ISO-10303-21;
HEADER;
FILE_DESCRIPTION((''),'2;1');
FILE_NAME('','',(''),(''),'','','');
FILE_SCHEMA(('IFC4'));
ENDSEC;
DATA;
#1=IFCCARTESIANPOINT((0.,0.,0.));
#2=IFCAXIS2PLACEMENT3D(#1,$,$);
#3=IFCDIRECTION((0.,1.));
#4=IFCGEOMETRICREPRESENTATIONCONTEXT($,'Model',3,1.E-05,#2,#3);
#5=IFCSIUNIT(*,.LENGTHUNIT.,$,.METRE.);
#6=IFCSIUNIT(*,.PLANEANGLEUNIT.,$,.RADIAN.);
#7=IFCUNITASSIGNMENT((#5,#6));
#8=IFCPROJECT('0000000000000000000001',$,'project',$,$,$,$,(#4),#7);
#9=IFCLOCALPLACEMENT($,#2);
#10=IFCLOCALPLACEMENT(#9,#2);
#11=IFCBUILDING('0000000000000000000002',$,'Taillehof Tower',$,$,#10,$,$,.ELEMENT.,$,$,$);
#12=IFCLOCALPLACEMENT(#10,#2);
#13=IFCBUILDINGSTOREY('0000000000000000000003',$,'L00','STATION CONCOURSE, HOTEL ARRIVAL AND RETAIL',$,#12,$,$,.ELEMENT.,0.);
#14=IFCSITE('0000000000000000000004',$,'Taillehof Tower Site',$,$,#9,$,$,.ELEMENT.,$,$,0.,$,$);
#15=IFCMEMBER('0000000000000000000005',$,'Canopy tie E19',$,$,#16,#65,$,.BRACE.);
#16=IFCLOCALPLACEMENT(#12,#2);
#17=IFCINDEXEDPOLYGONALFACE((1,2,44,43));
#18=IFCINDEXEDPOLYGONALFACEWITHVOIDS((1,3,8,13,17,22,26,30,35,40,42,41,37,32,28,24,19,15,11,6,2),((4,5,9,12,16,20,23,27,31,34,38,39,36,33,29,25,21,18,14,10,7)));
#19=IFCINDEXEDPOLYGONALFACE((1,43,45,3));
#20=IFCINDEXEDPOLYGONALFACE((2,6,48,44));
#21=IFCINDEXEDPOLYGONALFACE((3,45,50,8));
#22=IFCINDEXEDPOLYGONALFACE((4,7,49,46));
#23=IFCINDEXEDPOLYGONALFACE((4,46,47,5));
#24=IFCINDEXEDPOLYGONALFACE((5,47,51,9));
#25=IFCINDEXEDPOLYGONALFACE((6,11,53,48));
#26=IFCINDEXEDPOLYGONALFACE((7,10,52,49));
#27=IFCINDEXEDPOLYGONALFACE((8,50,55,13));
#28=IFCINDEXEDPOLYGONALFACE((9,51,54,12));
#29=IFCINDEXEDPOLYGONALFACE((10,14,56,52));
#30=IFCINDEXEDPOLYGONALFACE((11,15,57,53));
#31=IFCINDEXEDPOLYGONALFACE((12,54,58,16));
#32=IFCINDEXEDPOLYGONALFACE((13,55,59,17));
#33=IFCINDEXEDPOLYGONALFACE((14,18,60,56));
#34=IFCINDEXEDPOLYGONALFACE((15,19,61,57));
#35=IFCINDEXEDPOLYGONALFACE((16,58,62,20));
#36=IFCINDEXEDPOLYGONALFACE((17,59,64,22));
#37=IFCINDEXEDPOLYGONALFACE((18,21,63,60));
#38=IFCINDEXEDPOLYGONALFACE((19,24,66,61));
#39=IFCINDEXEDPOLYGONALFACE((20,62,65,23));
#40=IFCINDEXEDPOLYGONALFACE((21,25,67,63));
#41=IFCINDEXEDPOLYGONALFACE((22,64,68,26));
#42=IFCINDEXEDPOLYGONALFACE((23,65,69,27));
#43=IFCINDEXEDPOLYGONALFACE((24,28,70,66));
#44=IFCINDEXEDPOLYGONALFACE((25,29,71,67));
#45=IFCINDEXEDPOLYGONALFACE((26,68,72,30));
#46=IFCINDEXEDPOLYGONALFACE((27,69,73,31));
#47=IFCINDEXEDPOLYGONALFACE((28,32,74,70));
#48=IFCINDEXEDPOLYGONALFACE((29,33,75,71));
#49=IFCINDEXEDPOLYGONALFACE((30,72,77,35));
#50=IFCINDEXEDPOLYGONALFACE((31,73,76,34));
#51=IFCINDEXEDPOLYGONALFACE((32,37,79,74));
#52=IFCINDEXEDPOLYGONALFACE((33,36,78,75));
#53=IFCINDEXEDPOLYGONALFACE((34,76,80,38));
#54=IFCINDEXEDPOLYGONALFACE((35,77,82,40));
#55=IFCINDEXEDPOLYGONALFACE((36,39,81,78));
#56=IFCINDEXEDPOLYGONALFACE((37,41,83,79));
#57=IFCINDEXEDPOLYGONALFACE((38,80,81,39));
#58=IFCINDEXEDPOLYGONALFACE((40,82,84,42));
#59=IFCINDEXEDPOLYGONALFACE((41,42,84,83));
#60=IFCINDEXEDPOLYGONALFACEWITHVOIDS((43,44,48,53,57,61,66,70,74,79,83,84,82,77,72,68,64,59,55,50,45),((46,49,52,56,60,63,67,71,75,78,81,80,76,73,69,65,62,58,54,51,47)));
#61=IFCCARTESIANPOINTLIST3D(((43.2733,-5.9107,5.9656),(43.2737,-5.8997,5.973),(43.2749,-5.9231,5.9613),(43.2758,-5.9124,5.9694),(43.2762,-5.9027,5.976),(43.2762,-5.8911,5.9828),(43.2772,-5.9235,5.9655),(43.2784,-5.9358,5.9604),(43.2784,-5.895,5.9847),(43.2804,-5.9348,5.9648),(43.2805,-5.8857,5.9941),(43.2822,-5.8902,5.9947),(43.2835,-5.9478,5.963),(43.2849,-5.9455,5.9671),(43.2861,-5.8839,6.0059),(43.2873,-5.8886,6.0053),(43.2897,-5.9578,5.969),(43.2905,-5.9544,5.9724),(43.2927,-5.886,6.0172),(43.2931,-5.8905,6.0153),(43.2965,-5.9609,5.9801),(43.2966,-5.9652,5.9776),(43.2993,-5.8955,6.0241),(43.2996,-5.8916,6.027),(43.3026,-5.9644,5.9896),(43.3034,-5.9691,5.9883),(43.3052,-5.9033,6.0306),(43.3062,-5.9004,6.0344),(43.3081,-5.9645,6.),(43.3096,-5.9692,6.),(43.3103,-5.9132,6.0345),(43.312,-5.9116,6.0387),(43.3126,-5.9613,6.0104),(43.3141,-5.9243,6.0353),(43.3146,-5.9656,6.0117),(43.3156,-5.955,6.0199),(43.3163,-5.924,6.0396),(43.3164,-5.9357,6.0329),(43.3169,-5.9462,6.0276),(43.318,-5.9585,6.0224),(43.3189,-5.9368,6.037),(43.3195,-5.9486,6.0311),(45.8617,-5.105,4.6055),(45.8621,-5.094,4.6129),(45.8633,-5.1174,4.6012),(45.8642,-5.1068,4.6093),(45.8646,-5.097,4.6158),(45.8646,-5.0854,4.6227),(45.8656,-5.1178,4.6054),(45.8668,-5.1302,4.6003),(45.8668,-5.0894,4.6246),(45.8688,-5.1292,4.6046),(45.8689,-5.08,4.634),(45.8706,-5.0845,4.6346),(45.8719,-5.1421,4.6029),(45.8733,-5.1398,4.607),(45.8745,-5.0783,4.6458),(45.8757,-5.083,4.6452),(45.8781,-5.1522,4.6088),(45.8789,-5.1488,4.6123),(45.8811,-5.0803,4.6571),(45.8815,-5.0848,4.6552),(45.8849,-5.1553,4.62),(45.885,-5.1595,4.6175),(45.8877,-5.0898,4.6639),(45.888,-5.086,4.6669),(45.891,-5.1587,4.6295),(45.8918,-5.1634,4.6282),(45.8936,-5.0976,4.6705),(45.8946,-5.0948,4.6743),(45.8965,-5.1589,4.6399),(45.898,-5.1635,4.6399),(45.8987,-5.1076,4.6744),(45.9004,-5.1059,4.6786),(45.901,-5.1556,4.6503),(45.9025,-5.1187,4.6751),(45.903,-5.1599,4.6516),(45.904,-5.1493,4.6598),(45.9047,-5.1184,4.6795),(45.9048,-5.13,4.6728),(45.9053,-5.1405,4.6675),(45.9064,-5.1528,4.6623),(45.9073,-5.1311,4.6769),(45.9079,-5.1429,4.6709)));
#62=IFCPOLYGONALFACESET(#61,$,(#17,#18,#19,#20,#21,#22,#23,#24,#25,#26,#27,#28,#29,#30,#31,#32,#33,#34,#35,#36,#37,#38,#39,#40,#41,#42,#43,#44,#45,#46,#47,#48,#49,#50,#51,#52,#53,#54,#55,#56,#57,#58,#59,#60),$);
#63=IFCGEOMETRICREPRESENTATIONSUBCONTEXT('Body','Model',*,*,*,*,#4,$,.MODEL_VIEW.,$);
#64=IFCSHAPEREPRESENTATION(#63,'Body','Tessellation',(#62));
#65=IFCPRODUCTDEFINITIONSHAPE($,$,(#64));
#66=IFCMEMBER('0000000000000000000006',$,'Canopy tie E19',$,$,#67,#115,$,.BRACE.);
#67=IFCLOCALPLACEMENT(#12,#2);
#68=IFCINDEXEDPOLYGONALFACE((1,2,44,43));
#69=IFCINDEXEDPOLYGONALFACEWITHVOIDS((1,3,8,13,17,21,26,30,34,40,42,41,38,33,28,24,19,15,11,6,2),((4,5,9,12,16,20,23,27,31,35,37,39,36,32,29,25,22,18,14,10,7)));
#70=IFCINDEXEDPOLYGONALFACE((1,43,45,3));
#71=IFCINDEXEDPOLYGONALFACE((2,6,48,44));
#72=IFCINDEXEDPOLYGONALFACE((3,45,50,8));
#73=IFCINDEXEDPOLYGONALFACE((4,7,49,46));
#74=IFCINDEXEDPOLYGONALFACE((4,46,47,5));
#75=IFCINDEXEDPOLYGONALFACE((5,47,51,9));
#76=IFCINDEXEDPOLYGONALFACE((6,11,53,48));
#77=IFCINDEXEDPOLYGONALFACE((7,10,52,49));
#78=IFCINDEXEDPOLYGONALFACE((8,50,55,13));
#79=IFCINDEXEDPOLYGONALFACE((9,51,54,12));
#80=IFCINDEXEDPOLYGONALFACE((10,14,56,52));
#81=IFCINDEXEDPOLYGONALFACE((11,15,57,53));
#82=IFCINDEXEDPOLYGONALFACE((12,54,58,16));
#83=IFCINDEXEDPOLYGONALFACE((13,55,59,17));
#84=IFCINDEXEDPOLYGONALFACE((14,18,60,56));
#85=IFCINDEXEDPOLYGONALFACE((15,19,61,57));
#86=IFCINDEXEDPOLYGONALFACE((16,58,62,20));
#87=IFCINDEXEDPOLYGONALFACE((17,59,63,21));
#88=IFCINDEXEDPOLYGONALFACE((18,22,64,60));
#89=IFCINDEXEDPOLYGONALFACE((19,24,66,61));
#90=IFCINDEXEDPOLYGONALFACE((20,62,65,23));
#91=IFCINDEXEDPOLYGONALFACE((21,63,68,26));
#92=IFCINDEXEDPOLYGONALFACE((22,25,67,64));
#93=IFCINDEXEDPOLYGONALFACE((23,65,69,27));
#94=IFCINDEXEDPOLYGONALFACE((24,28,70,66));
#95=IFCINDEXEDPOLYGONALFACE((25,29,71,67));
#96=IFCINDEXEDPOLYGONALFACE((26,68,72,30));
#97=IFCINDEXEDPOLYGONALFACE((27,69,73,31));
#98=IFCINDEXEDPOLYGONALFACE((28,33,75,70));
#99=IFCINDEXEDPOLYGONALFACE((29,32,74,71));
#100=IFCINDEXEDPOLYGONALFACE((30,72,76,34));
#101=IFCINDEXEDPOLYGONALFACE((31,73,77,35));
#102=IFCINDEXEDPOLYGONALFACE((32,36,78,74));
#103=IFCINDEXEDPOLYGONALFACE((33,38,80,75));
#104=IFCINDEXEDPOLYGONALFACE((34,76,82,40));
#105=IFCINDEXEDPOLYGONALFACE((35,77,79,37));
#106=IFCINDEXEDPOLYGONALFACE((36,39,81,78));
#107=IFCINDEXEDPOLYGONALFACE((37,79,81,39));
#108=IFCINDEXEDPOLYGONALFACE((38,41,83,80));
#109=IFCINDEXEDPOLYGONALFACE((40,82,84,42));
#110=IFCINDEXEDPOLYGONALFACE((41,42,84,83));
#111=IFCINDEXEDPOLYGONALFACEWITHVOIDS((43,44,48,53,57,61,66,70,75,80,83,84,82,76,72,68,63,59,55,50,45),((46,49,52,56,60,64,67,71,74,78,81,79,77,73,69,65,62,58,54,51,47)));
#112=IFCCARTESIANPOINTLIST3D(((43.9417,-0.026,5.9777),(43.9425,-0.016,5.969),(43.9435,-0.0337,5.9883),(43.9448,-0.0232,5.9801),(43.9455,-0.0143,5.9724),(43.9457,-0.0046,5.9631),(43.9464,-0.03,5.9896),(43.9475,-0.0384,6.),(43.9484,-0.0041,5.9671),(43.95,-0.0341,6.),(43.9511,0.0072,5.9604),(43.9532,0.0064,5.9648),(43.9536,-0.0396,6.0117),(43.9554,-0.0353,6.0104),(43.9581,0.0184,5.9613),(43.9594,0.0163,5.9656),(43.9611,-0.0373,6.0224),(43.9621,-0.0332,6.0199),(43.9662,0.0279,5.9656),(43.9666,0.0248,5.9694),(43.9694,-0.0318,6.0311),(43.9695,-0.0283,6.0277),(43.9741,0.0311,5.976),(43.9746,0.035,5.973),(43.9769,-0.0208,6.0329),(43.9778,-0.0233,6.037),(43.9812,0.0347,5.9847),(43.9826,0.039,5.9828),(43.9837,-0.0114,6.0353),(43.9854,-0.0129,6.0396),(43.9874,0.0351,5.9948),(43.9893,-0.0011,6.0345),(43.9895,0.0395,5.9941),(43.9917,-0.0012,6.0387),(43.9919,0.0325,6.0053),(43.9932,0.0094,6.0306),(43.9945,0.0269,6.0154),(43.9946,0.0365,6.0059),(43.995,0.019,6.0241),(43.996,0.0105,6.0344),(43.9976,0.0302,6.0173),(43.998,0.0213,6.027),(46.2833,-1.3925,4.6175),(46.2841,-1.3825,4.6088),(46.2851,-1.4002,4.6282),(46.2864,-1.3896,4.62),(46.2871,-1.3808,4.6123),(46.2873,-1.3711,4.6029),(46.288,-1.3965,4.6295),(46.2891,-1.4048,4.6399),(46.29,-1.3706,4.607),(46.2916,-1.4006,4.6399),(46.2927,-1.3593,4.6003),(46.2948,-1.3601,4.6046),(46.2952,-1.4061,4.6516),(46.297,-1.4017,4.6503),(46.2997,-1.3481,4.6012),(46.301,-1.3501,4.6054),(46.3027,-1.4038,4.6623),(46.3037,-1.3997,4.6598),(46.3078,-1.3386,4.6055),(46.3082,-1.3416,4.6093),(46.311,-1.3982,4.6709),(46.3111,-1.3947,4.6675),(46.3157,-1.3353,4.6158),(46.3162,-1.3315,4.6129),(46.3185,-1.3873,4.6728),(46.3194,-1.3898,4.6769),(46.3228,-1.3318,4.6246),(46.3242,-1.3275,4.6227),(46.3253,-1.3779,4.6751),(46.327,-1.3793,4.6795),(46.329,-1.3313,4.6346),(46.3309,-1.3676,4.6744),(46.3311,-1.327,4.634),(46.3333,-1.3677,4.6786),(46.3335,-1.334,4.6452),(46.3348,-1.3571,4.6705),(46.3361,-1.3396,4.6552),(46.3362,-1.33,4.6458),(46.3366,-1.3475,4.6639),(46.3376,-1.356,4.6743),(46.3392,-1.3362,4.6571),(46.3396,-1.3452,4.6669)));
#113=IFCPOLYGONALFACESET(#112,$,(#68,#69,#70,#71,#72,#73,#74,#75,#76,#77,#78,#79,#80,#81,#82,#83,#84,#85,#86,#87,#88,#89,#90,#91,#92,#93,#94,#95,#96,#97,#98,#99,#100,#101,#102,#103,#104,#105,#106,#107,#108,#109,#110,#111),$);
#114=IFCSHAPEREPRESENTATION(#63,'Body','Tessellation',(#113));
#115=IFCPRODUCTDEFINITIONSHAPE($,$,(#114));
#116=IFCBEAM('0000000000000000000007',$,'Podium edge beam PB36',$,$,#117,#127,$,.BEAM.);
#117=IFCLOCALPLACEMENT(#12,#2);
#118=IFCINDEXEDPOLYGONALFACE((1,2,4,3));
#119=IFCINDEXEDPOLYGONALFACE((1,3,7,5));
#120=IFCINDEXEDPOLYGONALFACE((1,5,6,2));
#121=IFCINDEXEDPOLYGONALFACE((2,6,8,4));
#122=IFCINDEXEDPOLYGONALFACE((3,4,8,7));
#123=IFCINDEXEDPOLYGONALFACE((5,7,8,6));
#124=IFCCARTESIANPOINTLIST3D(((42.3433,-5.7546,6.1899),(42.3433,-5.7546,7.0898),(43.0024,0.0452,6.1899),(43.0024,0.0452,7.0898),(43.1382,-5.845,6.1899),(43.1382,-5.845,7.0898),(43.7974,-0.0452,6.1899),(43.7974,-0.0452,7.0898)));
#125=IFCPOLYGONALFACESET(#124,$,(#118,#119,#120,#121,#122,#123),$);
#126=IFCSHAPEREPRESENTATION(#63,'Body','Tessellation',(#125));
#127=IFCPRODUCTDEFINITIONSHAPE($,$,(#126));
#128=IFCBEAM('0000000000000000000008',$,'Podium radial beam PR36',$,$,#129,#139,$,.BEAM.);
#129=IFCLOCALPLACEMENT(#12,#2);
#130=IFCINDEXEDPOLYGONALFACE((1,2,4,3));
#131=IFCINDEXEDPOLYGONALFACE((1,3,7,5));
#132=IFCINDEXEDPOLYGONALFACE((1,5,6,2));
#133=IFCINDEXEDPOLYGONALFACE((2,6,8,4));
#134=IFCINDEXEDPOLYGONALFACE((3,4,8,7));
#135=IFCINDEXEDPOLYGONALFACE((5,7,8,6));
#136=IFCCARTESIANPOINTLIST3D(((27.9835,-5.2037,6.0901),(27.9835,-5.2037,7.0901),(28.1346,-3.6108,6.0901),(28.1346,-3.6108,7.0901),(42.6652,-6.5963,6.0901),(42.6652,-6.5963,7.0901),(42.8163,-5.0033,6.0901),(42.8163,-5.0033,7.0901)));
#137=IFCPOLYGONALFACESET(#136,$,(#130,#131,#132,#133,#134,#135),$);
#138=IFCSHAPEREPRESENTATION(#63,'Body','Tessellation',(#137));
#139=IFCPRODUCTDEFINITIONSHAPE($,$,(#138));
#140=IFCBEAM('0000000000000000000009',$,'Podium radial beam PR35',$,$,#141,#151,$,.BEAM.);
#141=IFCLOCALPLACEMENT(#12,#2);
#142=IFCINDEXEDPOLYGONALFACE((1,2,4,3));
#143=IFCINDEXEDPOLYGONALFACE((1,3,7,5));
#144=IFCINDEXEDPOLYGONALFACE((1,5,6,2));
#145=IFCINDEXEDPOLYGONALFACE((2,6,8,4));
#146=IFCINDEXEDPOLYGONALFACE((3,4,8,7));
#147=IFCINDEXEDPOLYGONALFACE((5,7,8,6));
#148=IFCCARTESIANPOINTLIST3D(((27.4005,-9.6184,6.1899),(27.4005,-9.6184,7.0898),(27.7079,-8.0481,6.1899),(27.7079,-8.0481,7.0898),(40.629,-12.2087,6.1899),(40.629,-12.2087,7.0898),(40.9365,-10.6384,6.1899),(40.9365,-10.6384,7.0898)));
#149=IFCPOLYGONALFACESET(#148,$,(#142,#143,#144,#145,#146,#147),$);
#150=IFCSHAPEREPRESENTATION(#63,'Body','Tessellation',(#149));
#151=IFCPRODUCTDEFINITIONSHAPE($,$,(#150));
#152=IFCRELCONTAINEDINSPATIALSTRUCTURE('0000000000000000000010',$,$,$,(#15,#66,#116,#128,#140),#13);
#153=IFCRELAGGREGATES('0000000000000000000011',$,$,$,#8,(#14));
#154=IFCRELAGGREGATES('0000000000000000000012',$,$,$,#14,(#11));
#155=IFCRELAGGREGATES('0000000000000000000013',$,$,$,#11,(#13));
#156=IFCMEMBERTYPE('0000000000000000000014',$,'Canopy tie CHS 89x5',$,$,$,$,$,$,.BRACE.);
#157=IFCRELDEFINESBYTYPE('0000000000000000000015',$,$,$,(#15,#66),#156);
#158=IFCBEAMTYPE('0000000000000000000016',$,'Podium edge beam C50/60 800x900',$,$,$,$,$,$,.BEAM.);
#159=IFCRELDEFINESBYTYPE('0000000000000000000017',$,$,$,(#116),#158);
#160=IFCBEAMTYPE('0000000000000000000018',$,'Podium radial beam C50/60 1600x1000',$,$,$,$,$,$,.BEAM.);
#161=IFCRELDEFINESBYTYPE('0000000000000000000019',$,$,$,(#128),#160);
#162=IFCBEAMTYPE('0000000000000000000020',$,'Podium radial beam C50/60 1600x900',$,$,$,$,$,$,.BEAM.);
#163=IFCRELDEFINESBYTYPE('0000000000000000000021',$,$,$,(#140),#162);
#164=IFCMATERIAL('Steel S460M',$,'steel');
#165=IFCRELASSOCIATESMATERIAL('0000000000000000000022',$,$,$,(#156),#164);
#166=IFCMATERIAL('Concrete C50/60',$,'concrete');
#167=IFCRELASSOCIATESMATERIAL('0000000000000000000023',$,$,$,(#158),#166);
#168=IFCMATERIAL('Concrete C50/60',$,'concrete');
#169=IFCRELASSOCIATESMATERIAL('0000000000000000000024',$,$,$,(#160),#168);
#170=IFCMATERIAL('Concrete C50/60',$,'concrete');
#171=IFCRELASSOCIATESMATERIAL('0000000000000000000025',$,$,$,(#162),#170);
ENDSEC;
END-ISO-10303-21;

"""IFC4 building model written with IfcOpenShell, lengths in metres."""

from ifc_helpers import new_model, si_unit, direction, frame, origin, origin_2d, place, context, subcontext, project, spatial, rectangle, hollow_circle, extrude, material, material_profile, profile_set, type_object, element, save


model = new_model("IFC4")

# Units and contexts
model_context = context("Model", 3, precision=1e-05, world=origin(), true_north=direction((0.0, 1.0)))
body_context = subcontext(model_context, "Body", "Model", "MODEL_VIEW")
ifc_project = project(units=[si_unit("LENGTHUNIT", "METRE"), si_unit("PLANEANGLEUNIT", "RADIAN")], contexts=[model_context])

# Site, building, storey
site_placement = place(None, origin())
site = spatial("IfcSite", under=ifc_project, at=site_placement, Name="Taillehof Tower Site", CompositionType="ELEMENT", RefElevation=0.0)
building_placement = place(site_placement, origin())
building = spatial("IfcBuilding", under=site, at=building_placement, Name="Taillehof Tower", CompositionType="ELEMENT")
storey_placement = place(building_placement, origin())
storey = spatial("IfcBuildingStorey", under=building, at=storey_placement, Name="L00", Description="STATION CONCOURSE, HOTEL ARRIVAL AND RETAIL", CompositionType="ELEMENT", Elevation=0.0)

# Members
ifc_material_1 = material(Name="Steel S460M", Category="steel")
ifc_material_profile_1 = material_profile(ifc_material_1, hollow_circle(Radius=0.0444, WallThickness=0.0049, at=origin_2d()), Name="CHS 89x5")
ifc_profile_set_1 = profile_set([ifc_material_profile_1], Name="Steel S460M")
member_type = type_object("IfcMemberType", Name="Canopy tie CHS 89x5", PredefinedType="BRACE", material=ifc_profile_set_1)
member_1_placement = place(storey_placement, frame((45.8848, -5.1211, 4.6399), z_axis=(-0.853424, -0.265638, 0.448446), x_axis=(0.297198, -0.954816, 0.0)))
element("IfcMember", 1, at=member_1_placement, inside=storey, type_object=member_type, Name="Canopy tie E19", PredefinedType="BRACE", context=body_context, shape_type="SweptSolid", body=[
    extrude(hollow_circle(Radius=0.0444, WallThickness=0.0049, at=origin_2d()), origin(), (0.0, 0.0, 1.0), 3.033),
])
member_2_placement = place(storey_placement, frame((46.3115, -1.3665, 4.6399), z_axis=(-0.771989, 0.450508, 0.448415), x_axis=(-0.504022, -0.863691, 0.0)))
element("IfcMember", 2, at=member_2_placement, inside=storey, type_object=member_type, Name="Canopy tie E19", PredefinedType="BRACE", context=body_context, shape_type="SweptSolid", body=[
    extrude(hollow_circle(Radius=0.0444, WallThickness=0.0049, at=origin_2d()), origin(), (0.0, 0.0, 1.0), 3.0332),
])

# Beams
ifc_material_2 = material(Name="Concrete C50/60", Category="concrete")
ifc_material_profile_2 = material_profile(ifc_material_2, rectangle(XDim=0.8, YDim=0.8999, at=origin_2d()), Name="RC 800x900")
ifc_profile_set_2 = profile_set([ifc_material_profile_2], Name="Concrete C50/60")
beam_type_1 = type_object("IfcBeamType", Name="Podium edge beam C50/60 800x900", PredefinedType="BEAM", material=ifc_profile_set_2)
beam_1_placement = place(storey_placement, frame((42.7407, -5.7998, 6.6399), z_axis=(0.112928, 0.993603, 0.0), x_axis=(-0.993603, 0.112928, 0.0)))
element("IfcBeam", 3, at=beam_1_placement, inside=storey, type_object=beam_type_1, Name="Podium edge beam PB36", PredefinedType="BEAM", context=body_context, shape_type="SweptSolid", body=[
    extrude(rectangle(XDim=0.8, YDim=0.8999, at=origin_2d()), origin(), (0.0, 0.0, 1.0), 5.8372),
])
ifc_material_3 = material(Name="Concrete C50/60", Category="concrete")
ifc_material_profile_3 = material_profile(ifc_material_3, rectangle(XDim=1.6001, YDim=1.0, at=origin_2d()), Name="RC 1600x1000")
ifc_profile_set_3 = profile_set([ifc_material_profile_3], Name="Concrete C50/60")
beam_type_2 = type_object("IfcBeamType", Name="Podium radial beam C50/60 1600x1000", PredefinedType="BEAM", material=ifc_profile_set_3)
beam_2_placement = place(storey_placement, frame((42.7407, -5.7998, 6.5901), z_axis=(-0.995532, 0.094428, 0.0), x_axis=(-0.094428, -0.995532, 0.0)))
element("IfcBeam", 4, at=beam_2_placement, inside=storey, type_object=beam_type_2, Name="Podium radial beam PR36", PredefinedType="BEAM", context=body_context, shape_type="SweptSolid", body=[
    extrude(rectangle(XDim=1.6001, YDim=1.0, at=origin_2d()), origin(), (0.0, 0.0, 1.0), 14.7476),
])
ifc_material_4 = material(Name="Concrete C50/60", Category="concrete")
ifc_material_profile_4 = material_profile(ifc_material_4, rectangle(XDim=1.6001, YDim=0.8999, at=origin_2d()), Name="RC 1600x900")
ifc_profile_set_4 = profile_set([ifc_material_profile_4], Name="Concrete C50/60")
beam_type_3 = type_object("IfcBeamType", Name="Podium radial beam C50/60 1600x900", PredefinedType="BEAM", material=ifc_profile_set_4)
beam_3_placement = place(storey_placement, frame((40.7827, -11.4236, 6.6399), z_axis=(-0.981363, 0.192165, 0.0), x_axis=(-0.192165, -0.981363, 0.0)))
element("IfcBeam", 5, at=beam_3_placement, inside=storey, type_object=beam_type_3, Name="Podium radial beam PR35", PredefinedType="BEAM", context=body_context, shape_type="SweptSolid", body=[
    extrude(rectangle(XDim=1.6001, YDim=0.8999, at=origin_2d()), origin(), (0.0, 0.0, 1.0), 13.4797),
])

save(model, "model.ifc")
